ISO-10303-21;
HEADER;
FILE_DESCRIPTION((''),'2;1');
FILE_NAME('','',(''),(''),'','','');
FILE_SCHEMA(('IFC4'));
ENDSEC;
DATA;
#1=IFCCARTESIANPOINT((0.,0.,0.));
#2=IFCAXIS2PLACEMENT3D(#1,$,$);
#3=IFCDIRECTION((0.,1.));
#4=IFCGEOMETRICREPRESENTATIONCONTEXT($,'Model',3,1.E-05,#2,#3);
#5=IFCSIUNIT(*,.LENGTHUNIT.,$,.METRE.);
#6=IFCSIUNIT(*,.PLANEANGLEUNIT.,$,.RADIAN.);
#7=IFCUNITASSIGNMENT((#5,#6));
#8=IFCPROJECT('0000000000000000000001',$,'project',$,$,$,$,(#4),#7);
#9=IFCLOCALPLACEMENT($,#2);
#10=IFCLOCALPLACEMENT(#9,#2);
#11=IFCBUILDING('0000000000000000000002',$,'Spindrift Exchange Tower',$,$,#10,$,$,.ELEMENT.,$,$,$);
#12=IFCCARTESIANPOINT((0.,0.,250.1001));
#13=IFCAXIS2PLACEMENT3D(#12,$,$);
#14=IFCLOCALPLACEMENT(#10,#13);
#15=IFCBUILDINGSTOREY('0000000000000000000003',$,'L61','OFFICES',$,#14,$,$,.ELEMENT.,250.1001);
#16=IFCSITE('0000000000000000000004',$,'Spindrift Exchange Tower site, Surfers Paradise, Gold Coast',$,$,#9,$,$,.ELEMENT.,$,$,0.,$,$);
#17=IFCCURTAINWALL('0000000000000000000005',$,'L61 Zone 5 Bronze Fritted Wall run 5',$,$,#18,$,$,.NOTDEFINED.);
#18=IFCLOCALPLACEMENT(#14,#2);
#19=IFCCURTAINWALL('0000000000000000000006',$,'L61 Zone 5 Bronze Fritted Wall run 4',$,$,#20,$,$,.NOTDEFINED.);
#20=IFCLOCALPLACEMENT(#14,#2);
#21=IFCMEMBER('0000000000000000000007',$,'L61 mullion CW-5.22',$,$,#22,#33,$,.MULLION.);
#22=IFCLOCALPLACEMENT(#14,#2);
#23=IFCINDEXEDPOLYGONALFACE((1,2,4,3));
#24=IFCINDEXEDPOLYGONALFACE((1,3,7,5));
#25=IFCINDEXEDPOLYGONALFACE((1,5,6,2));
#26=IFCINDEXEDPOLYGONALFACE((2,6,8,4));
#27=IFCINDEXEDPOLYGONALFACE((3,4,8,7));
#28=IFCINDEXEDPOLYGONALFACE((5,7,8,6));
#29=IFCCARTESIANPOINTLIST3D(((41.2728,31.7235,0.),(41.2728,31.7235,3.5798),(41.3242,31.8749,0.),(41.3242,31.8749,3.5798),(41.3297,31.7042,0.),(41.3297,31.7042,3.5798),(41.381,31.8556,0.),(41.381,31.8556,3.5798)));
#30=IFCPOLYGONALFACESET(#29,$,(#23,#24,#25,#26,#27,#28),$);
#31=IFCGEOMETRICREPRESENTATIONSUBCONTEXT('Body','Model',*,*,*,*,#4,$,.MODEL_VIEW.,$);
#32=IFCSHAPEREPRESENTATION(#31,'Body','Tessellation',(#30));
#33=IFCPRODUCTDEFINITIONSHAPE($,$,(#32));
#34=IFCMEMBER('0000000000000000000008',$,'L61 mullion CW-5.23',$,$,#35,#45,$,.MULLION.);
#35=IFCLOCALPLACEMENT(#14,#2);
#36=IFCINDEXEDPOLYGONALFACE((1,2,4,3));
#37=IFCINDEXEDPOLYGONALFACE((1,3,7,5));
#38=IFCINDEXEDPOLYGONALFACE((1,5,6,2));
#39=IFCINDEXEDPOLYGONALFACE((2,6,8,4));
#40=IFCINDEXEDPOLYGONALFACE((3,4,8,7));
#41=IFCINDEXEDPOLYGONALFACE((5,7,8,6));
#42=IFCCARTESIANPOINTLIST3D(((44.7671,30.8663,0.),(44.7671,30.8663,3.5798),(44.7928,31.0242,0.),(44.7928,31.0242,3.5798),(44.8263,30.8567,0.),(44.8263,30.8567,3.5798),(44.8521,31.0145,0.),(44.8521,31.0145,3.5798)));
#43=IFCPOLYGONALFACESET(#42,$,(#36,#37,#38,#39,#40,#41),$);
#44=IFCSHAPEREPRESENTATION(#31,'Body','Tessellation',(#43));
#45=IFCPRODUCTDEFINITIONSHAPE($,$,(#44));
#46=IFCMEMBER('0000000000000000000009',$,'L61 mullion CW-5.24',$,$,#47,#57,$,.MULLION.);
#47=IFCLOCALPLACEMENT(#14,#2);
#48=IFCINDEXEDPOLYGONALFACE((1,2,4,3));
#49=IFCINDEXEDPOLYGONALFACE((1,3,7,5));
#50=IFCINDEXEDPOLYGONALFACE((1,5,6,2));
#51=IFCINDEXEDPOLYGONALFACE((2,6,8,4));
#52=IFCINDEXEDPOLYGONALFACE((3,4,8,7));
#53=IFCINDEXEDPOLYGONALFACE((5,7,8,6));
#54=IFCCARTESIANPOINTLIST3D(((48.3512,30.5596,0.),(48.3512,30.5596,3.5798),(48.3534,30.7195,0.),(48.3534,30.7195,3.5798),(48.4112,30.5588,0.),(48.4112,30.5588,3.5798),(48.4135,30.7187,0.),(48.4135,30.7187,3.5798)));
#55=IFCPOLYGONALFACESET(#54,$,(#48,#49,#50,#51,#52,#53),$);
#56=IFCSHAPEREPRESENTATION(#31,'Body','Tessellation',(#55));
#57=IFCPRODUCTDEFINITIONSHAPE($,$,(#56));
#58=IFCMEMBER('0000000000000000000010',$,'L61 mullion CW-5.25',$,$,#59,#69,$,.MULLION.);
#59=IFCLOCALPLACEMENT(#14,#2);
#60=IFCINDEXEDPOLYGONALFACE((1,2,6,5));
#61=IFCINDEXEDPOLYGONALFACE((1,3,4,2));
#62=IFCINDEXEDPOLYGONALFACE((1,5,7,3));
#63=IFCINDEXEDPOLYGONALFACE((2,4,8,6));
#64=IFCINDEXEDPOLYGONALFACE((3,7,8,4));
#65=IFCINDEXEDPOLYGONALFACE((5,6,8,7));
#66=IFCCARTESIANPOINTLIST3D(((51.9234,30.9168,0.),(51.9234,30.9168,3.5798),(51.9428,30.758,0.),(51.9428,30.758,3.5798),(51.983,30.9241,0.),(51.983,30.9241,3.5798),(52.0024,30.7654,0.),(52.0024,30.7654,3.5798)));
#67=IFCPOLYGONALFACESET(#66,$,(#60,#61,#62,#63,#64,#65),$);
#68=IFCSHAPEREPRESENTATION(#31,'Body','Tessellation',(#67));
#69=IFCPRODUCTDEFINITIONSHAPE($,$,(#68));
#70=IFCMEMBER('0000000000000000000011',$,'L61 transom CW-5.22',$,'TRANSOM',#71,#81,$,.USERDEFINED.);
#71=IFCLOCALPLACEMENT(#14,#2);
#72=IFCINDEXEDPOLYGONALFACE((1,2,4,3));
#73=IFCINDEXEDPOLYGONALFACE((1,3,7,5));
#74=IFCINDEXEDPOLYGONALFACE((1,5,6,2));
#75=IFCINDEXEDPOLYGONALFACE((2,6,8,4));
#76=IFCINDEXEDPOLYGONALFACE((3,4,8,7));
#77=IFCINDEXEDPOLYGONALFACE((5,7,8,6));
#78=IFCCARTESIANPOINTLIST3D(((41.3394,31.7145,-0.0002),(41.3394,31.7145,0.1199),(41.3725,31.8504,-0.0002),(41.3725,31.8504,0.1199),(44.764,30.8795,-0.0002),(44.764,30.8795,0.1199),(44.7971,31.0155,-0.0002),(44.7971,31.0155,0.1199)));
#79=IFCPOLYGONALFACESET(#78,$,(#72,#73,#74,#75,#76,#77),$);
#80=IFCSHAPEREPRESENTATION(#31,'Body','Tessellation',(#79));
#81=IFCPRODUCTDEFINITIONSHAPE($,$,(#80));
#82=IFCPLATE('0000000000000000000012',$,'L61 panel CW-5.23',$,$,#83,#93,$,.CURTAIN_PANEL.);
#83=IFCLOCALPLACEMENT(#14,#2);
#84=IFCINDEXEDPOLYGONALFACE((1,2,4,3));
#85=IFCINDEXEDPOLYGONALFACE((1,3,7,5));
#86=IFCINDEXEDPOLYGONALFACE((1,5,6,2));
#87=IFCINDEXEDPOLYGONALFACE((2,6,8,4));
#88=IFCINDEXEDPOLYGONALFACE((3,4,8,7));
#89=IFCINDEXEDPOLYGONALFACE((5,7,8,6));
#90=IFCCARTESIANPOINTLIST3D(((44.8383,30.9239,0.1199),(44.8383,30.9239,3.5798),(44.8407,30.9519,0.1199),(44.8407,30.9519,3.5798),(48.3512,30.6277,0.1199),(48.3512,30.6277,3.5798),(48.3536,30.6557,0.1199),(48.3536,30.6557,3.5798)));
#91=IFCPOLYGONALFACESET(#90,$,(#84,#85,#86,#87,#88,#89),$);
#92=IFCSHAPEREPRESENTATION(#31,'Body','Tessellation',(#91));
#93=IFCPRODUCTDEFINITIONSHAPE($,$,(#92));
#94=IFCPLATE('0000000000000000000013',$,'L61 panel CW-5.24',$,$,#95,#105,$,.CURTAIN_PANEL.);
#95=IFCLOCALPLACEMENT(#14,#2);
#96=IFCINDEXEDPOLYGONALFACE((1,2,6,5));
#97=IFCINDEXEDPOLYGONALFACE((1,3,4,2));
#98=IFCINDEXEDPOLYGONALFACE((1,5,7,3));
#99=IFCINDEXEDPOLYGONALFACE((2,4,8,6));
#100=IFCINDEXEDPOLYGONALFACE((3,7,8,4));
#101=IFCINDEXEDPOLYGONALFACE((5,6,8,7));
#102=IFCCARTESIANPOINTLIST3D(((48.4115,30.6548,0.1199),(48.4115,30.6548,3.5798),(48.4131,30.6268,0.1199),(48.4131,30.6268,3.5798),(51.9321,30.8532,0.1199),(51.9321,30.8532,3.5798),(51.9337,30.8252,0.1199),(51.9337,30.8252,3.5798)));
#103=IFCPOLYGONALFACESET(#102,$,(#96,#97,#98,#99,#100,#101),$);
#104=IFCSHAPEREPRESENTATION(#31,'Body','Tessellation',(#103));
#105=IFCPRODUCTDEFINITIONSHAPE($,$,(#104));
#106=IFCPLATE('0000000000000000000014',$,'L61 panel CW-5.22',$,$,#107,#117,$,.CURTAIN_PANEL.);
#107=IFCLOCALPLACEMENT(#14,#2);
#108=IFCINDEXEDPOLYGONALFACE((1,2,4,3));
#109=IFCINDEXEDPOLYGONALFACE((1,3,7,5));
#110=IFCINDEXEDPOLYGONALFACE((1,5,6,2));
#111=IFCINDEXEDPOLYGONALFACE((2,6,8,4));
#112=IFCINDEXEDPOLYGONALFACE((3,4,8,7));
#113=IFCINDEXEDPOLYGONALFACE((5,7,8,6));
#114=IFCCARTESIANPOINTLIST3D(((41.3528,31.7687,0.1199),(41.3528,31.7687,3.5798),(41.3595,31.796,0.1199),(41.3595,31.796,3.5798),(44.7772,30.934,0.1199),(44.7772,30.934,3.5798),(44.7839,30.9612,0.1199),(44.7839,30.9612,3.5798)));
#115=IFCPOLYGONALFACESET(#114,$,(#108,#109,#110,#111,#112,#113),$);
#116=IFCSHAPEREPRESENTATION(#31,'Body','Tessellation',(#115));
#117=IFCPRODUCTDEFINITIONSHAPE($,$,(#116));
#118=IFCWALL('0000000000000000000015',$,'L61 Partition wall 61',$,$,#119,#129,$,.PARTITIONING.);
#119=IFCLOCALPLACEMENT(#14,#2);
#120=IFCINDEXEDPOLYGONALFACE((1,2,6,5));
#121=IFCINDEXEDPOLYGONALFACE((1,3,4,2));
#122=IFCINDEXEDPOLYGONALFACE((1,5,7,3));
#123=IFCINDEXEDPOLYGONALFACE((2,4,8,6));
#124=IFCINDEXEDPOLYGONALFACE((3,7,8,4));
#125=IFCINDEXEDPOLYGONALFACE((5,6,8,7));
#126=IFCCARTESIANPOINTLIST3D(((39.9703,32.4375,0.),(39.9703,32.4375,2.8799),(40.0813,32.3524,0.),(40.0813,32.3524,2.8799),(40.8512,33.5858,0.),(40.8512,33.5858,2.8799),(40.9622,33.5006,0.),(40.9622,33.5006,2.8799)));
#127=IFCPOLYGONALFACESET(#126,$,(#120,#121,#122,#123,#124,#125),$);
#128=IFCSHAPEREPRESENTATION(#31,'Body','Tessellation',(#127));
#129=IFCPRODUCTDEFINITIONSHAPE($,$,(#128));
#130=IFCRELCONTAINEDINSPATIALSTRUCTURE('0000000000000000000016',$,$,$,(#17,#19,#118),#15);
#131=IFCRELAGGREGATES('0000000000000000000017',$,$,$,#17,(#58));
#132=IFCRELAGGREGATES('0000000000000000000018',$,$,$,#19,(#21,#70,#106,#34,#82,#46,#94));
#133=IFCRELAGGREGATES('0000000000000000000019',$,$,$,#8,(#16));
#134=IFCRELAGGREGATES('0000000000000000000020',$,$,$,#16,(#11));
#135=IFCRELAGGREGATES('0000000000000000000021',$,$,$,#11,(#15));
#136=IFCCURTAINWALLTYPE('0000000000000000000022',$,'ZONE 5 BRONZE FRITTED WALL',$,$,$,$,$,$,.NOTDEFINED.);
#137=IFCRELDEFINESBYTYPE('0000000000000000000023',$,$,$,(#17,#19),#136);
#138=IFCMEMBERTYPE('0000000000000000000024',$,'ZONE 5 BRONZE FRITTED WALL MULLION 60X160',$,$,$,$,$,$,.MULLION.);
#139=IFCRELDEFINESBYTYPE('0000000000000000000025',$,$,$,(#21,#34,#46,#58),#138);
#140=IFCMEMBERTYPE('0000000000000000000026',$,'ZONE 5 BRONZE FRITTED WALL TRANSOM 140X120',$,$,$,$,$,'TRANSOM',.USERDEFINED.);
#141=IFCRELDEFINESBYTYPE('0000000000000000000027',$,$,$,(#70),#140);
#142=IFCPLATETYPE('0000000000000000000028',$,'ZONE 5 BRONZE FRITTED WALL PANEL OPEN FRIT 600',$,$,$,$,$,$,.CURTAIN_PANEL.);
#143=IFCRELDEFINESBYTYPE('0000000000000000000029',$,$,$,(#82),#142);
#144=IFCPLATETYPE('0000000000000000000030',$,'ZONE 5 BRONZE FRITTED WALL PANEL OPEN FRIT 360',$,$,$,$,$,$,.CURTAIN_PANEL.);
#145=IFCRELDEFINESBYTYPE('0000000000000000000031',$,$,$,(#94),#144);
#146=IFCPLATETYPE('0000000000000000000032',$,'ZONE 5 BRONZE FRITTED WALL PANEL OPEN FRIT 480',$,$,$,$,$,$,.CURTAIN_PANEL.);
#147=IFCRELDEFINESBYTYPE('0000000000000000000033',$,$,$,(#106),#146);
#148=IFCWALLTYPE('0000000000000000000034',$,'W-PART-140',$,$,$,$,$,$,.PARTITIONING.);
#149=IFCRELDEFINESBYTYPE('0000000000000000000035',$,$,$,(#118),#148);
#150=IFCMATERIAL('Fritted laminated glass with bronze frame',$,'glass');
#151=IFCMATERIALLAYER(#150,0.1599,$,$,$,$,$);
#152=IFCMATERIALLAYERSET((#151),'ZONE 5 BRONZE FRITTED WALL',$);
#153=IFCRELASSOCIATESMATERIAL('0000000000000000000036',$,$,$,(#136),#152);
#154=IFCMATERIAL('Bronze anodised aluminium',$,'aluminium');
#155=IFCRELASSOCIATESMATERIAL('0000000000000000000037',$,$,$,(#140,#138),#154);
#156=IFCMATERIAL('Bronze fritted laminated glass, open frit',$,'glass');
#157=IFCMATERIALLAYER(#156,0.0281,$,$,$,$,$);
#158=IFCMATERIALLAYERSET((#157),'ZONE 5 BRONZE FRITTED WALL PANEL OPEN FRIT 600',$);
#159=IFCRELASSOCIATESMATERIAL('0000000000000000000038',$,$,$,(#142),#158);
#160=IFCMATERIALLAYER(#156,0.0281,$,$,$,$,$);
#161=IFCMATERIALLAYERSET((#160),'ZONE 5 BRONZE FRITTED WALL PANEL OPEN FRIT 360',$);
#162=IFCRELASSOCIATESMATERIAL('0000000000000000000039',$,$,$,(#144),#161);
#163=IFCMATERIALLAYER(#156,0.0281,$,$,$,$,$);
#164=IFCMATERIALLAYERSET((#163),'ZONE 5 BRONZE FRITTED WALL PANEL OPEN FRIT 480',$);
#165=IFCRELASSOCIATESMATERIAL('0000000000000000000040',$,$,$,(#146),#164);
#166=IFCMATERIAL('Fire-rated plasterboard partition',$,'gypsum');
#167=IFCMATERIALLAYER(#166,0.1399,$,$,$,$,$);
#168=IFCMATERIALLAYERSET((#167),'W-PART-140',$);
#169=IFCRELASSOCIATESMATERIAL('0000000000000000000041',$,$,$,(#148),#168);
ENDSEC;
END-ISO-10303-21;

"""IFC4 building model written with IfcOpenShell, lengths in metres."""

from ifc_helpers import new_model, si_unit, direction, frame, frame_2d, origin, origin_2d, place, context, subcontext, project, spatial, rectangle, extrude, source, transform, mapped, material, layer, layer_set, material_profile, profile_set, type_object, element, aggregate, save


model = new_model("IFC4")

# Units and contexts
model_context = context("Model", 3, precision=1e-05, world=origin(), true_north=direction((0.0, 1.0)))
body_context = subcontext(model_context, "Body", "Model", "MODEL_VIEW")
ifc_project = project(units=[si_unit("LENGTHUNIT", "METRE"), si_unit("PLANEANGLEUNIT", "RADIAN")], contexts=[model_context])

# Site, building, storey
site_placement = place(None, origin())
site = spatial("IfcSite", under=ifc_project, at=site_placement, Name="Spindrift Exchange Tower site, Surfers Paradise, Gold Coast", CompositionType="ELEMENT", RefElevation=0.0)
building_placement = place(site_placement, origin())
building = spatial("IfcBuilding", under=site, at=building_placement, Name="Spindrift Exchange Tower", CompositionType="ELEMENT")
storey_placement = place(building_placement, frame((0.0, 0.0, 250.1001)))
storey = spatial("IfcBuildingStorey", under=building, at=storey_placement, Name="L61", Description="OFFICES", CompositionType="ELEMENT", Elevation=250.1001)

# Curtain wall
ifc_material_1 = material(Name="Fritted laminated glass with bronze frame", Category="glass")
ifc_layer_1 = layer(ifc_material_1, 0.1599)
ifc_layer_set_1 = layer_set([ifc_layer_1], Name="ZONE 5 BRONZE FRITTED WALL")
curtain_wall_type = type_object("IfcCurtainWallType", Name="ZONE 5 BRONZE FRITTED WALL", PredefinedType="NOTDEFINED", material=ifc_layer_set_1)
curtain_wall_1_placement = place(storey_placement, origin())
curtain_wall_1 = element("IfcCurtainWall", 1, at=curtain_wall_1_placement, inside=storey, type_object=curtain_wall_type, Name="L61 Zone 5 Bronze Fritted Wall run 5", PredefinedType="NOTDEFINED")
ifc_material_2 = material(Name="Bronze anodised aluminium", Category="aluminium")
ifc_material_profile_1 = material_profile(ifc_material_2, rectangle(XDim=0.1399, YDim=0.1201, at=origin_2d()), Name="ZONE 5 BRONZE FRITTED WALL TRANSOM 140X120")
ifc_profile_set_1 = profile_set([ifc_material_profile_1], Name="Bronze anodised aluminium")
member_type_1 = type_object("IfcMemberType", Name="ZONE 5 BRONZE FRITTED WALL TRANSOM 140X120", ElementType="TRANSOM", PredefinedType="USERDEFINED", material=ifc_profile_set_1)

# Curtain wall, members
curtain_wall_2_placement = place(storey_placement, origin())
curtain_wall_2 = element("IfcCurtainWall", 2, at=curtain_wall_2_placement, inside=storey, type_object=curtain_wall_type, Name="L61 Zone 5 Bronze Fritted Wall run 4", PredefinedType="NOTDEFINED")
ifc_material_profile_2 = material_profile(ifc_material_2, rectangle(XDim=0.0601, YDim=0.1599, at=origin_2d()), Name="ZONE 5 BRONZE FRITTED WALL MULLION 60X160")
ifc_profile_set_2 = profile_set([ifc_material_profile_2], Name="Bronze anodised aluminium")
member_type_2 = type_object("IfcMemberType", Name="ZONE 5 BRONZE FRITTED WALL MULLION 60X160", PredefinedType="MULLION", material=ifc_profile_set_2)
shared_shape_1 = source(origin(), body_context, "Body", "SweptSolid", [
    extrude(rectangle(XDim=0.0601, YDim=0.1599, at=origin_2d()), origin(), (0.0, 0.0, 1.0), 3.5798),
])
member_1_placement = place(storey_placement, frame((41.3269, 31.7896, 0.0), z_axis=(0.0, 0.0, 1.0), x_axis=(0.946977, -0.321301, 0.0)))
member_1 = element("IfcMember", 3, at=member_1_placement, type_object=member_type_2, Name="L61 mullion CW-5.22", PredefinedType="MULLION", context=body_context, shape_type="MappedRepresentation", body=[
    mapped(shared_shape_1, transform((0.0, 0.0, 0.0), scale=1.0)),
])
member_2_placement = place(storey_placement, frame((44.8096, 30.9404, 0.0), z_axis=(0.0, 0.0, 1.0), x_axis=(0.986967, -0.16092, 0.0)))
member_2 = element("IfcMember", 4, at=member_2_placement, type_object=member_type_2, Name="L61 mullion CW-5.23", PredefinedType="MULLION", context=body_context, shape_type="MappedRepresentation", body=[
    mapped(shared_shape_1, transform((0.0, 0.0, 0.0), scale=1.0)),
])
member_3_placement = place(storey_placement, frame((48.3823, 30.6392, 0.0), z_axis=(0.0, 0.0, 1.0), x_axis=(0.999903, -0.013914, 0.0)))
member_3 = element("IfcMember", 5, at=member_3_placement, type_object=member_type_2, Name="L61 mullion CW-5.24", PredefinedType="MULLION", context=body_context, shape_type="MappedRepresentation", body=[
    mapped(shared_shape_1, transform((0.0, 0.0, 0.0), scale=1.0)),
])

# Members
member_4_placement = place(storey_placement, frame((51.9629, 30.8411, 0.0), z_axis=(0.0, 0.0, 1.0), x_axis=(0.992562, 0.121742, 0.0)))
member_4 = element("IfcMember", 6, at=member_4_placement, type_object=member_type_2, Name="L61 mullion CW-5.25", PredefinedType="MULLION", context=body_context, shape_type="MappedRepresentation", body=[
    mapped(shared_shape_1, transform((0.0, 0.0, 0.0), scale=1.0)),
])
aggregate(curtain_wall_1, [member_4])
shared_shape_2 = source(origin(), body_context, "Body", "SweptSolid", [
    extrude(rectangle(XDim=0.1399, YDim=0.1201, at=origin_2d()), origin(), (0.0, 0.0, 1.0), 3.5249),
])
member_5_placement = place(storey_placement, frame((41.356, 31.7825, 0.0598), z_axis=(0.97154, -0.236876, 0.0), x_axis=(0.236876, 0.97154, 0.0)))
member_5 = element("IfcMember", 7, at=member_5_placement, type_object=member_type_1, Name="L61 transom CW-5.22", ObjectType="TRANSOM", PredefinedType="USERDEFINED", context=body_context, shape_type="MappedRepresentation", body=[
    mapped(shared_shape_2, transform((0.0, 0.0, 0.0), scale=1.0)),
])

# Plates
ifc_material_3 = material(Name="Bronze fritted laminated glass, open frit", Category="glass")
ifc_layer_2 = layer(ifc_material_3, 0.0281)
ifc_layer_set_2 = layer_set([ifc_layer_2], Name="ZONE 5 BRONZE FRITTED WALL PANEL OPEN FRIT 600")
plate_type_1 = type_object("IfcPlateType", Name="ZONE 5 BRONZE FRITTED WALL PANEL OPEN FRIT 600", PredefinedType="CURTAIN_PANEL", material=ifc_layer_set_2)
shared_shape_3 = source(origin(), body_context, "Body", "SweptSolid", [
    extrude(rectangle(XDim=3.5254, YDim=0.0281, at=origin_2d()), origin(), (0.0, 0.0, 1.0), 3.46),
])
plate_1_placement = place(storey_placement, frame((46.5959, 30.7898, 0.1199), z_axis=(0.0, 0.0, 1.0), x_axis=(0.996463, -0.084033, 0.0)))
plate_1 = element("IfcPlate", 8, at=plate_1_placement, type_object=plate_type_1, Name="L61 panel CW-5.23", PredefinedType="CURTAIN_PANEL", context=body_context, shape_type="MappedRepresentation", body=[
    mapped(shared_shape_3, transform((0.0, 0.0, 0.0), scale=1.0)),
])
ifc_layer_3 = layer(ifc_material_3, 0.0281)
ifc_layer_set_3 = layer_set([ifc_layer_3], Name="ZONE 5 BRONZE FRITTED WALL PANEL OPEN FRIT 360")
plate_type_2 = type_object("IfcPlateType", Name="ZONE 5 BRONZE FRITTED WALL PANEL OPEN FRIT 360", PredefinedType="CURTAIN_PANEL", material=ifc_layer_set_3)
shared_shape_4 = source(origin(), body_context, "Body", "SweptSolid", [
    extrude(rectangle(XDim=3.5261, YDim=0.0281, at=origin_2d()), origin(), (0.0, 0.0, 1.0), 3.46),
])
plate_2_placement = place(storey_placement, frame((50.1726, 30.74, 0.1199), z_axis=(0.0, 0.0, 1.0), x_axis=(0.998415, 0.056273, 0.0)))
plate_2 = element("IfcPlate", 9, at=plate_2_placement, type_object=plate_type_2, Name="L61 panel CW-5.24", PredefinedType="CURTAIN_PANEL", context=body_context, shape_type="MappedRepresentation", body=[
    mapped(shared_shape_4, transform((0.0, 0.0, 0.0), scale=1.0)),
])
ifc_layer_4 = layer(ifc_material_3, 0.0281)
ifc_layer_set_4 = layer_set([ifc_layer_4], Name="ZONE 5 BRONZE FRITTED WALL PANEL OPEN FRIT 480")
plate_type_3 = type_object("IfcPlateType", Name="ZONE 5 BRONZE FRITTED WALL PANEL OPEN FRIT 480", PredefinedType="CURTAIN_PANEL", material=ifc_layer_set_4)
shared_shape_5 = source(origin(), body_context, "Body", "SweptSolid", [
    extrude(rectangle(XDim=3.5247, YDim=0.0281, at=origin_2d()), origin(), (0.0, 0.0, 1.0), 3.46),
])
plate_3_placement = place(storey_placement, frame((43.0684, 31.365, 0.1199), z_axis=(0.0, 0.0, 1.0), x_axis=(0.971549, -0.23684, 0.0)))
plate_3 = element("IfcPlate", 10, at=plate_3_placement, type_object=plate_type_3, Name="L61 panel CW-5.22", PredefinedType="CURTAIN_PANEL", context=body_context, shape_type="MappedRepresentation", body=[
    mapped(shared_shape_5, transform((0.0, 0.0, 0.0), scale=1.0)),
])
aggregate(curtain_wall_2, [member_1, member_5, plate_3, member_2, plate_1, member_3, plate_2])

# Wall
ifc_material_4 = material(Name="Fire-rated plasterboard partition", Category="gypsum")
ifc_layer_5 = layer(ifc_material_4, 0.1399)
ifc_layer_set_5 = layer_set([ifc_layer_5], Name="W-PART-140")
wall_type = type_object("IfcWallType", Name="W-PART-140", PredefinedType="PARTITIONING", material=ifc_layer_set_5)
wall_placement = place(storey_placement, frame((40.9067, 33.5432, 0.0), z_axis=(0.0, 0.0, 1.0), x_axis=(-0.608683, -0.793414, 0.0)))
element("IfcWall", 11, at=wall_placement, inside=storey, type_object=wall_type, Name="L61 Partition wall 61", PredefinedType="PARTITIONING", context=body_context, shape_type="SweptSolid", body=[
    extrude(rectangle(XDim=1.4473, YDim=0.1399, at=frame_2d((0.7236, 0.0))), origin(), (0.0, 0.0, 1.0), 2.8799),
])

save(model, "model.ifc")
